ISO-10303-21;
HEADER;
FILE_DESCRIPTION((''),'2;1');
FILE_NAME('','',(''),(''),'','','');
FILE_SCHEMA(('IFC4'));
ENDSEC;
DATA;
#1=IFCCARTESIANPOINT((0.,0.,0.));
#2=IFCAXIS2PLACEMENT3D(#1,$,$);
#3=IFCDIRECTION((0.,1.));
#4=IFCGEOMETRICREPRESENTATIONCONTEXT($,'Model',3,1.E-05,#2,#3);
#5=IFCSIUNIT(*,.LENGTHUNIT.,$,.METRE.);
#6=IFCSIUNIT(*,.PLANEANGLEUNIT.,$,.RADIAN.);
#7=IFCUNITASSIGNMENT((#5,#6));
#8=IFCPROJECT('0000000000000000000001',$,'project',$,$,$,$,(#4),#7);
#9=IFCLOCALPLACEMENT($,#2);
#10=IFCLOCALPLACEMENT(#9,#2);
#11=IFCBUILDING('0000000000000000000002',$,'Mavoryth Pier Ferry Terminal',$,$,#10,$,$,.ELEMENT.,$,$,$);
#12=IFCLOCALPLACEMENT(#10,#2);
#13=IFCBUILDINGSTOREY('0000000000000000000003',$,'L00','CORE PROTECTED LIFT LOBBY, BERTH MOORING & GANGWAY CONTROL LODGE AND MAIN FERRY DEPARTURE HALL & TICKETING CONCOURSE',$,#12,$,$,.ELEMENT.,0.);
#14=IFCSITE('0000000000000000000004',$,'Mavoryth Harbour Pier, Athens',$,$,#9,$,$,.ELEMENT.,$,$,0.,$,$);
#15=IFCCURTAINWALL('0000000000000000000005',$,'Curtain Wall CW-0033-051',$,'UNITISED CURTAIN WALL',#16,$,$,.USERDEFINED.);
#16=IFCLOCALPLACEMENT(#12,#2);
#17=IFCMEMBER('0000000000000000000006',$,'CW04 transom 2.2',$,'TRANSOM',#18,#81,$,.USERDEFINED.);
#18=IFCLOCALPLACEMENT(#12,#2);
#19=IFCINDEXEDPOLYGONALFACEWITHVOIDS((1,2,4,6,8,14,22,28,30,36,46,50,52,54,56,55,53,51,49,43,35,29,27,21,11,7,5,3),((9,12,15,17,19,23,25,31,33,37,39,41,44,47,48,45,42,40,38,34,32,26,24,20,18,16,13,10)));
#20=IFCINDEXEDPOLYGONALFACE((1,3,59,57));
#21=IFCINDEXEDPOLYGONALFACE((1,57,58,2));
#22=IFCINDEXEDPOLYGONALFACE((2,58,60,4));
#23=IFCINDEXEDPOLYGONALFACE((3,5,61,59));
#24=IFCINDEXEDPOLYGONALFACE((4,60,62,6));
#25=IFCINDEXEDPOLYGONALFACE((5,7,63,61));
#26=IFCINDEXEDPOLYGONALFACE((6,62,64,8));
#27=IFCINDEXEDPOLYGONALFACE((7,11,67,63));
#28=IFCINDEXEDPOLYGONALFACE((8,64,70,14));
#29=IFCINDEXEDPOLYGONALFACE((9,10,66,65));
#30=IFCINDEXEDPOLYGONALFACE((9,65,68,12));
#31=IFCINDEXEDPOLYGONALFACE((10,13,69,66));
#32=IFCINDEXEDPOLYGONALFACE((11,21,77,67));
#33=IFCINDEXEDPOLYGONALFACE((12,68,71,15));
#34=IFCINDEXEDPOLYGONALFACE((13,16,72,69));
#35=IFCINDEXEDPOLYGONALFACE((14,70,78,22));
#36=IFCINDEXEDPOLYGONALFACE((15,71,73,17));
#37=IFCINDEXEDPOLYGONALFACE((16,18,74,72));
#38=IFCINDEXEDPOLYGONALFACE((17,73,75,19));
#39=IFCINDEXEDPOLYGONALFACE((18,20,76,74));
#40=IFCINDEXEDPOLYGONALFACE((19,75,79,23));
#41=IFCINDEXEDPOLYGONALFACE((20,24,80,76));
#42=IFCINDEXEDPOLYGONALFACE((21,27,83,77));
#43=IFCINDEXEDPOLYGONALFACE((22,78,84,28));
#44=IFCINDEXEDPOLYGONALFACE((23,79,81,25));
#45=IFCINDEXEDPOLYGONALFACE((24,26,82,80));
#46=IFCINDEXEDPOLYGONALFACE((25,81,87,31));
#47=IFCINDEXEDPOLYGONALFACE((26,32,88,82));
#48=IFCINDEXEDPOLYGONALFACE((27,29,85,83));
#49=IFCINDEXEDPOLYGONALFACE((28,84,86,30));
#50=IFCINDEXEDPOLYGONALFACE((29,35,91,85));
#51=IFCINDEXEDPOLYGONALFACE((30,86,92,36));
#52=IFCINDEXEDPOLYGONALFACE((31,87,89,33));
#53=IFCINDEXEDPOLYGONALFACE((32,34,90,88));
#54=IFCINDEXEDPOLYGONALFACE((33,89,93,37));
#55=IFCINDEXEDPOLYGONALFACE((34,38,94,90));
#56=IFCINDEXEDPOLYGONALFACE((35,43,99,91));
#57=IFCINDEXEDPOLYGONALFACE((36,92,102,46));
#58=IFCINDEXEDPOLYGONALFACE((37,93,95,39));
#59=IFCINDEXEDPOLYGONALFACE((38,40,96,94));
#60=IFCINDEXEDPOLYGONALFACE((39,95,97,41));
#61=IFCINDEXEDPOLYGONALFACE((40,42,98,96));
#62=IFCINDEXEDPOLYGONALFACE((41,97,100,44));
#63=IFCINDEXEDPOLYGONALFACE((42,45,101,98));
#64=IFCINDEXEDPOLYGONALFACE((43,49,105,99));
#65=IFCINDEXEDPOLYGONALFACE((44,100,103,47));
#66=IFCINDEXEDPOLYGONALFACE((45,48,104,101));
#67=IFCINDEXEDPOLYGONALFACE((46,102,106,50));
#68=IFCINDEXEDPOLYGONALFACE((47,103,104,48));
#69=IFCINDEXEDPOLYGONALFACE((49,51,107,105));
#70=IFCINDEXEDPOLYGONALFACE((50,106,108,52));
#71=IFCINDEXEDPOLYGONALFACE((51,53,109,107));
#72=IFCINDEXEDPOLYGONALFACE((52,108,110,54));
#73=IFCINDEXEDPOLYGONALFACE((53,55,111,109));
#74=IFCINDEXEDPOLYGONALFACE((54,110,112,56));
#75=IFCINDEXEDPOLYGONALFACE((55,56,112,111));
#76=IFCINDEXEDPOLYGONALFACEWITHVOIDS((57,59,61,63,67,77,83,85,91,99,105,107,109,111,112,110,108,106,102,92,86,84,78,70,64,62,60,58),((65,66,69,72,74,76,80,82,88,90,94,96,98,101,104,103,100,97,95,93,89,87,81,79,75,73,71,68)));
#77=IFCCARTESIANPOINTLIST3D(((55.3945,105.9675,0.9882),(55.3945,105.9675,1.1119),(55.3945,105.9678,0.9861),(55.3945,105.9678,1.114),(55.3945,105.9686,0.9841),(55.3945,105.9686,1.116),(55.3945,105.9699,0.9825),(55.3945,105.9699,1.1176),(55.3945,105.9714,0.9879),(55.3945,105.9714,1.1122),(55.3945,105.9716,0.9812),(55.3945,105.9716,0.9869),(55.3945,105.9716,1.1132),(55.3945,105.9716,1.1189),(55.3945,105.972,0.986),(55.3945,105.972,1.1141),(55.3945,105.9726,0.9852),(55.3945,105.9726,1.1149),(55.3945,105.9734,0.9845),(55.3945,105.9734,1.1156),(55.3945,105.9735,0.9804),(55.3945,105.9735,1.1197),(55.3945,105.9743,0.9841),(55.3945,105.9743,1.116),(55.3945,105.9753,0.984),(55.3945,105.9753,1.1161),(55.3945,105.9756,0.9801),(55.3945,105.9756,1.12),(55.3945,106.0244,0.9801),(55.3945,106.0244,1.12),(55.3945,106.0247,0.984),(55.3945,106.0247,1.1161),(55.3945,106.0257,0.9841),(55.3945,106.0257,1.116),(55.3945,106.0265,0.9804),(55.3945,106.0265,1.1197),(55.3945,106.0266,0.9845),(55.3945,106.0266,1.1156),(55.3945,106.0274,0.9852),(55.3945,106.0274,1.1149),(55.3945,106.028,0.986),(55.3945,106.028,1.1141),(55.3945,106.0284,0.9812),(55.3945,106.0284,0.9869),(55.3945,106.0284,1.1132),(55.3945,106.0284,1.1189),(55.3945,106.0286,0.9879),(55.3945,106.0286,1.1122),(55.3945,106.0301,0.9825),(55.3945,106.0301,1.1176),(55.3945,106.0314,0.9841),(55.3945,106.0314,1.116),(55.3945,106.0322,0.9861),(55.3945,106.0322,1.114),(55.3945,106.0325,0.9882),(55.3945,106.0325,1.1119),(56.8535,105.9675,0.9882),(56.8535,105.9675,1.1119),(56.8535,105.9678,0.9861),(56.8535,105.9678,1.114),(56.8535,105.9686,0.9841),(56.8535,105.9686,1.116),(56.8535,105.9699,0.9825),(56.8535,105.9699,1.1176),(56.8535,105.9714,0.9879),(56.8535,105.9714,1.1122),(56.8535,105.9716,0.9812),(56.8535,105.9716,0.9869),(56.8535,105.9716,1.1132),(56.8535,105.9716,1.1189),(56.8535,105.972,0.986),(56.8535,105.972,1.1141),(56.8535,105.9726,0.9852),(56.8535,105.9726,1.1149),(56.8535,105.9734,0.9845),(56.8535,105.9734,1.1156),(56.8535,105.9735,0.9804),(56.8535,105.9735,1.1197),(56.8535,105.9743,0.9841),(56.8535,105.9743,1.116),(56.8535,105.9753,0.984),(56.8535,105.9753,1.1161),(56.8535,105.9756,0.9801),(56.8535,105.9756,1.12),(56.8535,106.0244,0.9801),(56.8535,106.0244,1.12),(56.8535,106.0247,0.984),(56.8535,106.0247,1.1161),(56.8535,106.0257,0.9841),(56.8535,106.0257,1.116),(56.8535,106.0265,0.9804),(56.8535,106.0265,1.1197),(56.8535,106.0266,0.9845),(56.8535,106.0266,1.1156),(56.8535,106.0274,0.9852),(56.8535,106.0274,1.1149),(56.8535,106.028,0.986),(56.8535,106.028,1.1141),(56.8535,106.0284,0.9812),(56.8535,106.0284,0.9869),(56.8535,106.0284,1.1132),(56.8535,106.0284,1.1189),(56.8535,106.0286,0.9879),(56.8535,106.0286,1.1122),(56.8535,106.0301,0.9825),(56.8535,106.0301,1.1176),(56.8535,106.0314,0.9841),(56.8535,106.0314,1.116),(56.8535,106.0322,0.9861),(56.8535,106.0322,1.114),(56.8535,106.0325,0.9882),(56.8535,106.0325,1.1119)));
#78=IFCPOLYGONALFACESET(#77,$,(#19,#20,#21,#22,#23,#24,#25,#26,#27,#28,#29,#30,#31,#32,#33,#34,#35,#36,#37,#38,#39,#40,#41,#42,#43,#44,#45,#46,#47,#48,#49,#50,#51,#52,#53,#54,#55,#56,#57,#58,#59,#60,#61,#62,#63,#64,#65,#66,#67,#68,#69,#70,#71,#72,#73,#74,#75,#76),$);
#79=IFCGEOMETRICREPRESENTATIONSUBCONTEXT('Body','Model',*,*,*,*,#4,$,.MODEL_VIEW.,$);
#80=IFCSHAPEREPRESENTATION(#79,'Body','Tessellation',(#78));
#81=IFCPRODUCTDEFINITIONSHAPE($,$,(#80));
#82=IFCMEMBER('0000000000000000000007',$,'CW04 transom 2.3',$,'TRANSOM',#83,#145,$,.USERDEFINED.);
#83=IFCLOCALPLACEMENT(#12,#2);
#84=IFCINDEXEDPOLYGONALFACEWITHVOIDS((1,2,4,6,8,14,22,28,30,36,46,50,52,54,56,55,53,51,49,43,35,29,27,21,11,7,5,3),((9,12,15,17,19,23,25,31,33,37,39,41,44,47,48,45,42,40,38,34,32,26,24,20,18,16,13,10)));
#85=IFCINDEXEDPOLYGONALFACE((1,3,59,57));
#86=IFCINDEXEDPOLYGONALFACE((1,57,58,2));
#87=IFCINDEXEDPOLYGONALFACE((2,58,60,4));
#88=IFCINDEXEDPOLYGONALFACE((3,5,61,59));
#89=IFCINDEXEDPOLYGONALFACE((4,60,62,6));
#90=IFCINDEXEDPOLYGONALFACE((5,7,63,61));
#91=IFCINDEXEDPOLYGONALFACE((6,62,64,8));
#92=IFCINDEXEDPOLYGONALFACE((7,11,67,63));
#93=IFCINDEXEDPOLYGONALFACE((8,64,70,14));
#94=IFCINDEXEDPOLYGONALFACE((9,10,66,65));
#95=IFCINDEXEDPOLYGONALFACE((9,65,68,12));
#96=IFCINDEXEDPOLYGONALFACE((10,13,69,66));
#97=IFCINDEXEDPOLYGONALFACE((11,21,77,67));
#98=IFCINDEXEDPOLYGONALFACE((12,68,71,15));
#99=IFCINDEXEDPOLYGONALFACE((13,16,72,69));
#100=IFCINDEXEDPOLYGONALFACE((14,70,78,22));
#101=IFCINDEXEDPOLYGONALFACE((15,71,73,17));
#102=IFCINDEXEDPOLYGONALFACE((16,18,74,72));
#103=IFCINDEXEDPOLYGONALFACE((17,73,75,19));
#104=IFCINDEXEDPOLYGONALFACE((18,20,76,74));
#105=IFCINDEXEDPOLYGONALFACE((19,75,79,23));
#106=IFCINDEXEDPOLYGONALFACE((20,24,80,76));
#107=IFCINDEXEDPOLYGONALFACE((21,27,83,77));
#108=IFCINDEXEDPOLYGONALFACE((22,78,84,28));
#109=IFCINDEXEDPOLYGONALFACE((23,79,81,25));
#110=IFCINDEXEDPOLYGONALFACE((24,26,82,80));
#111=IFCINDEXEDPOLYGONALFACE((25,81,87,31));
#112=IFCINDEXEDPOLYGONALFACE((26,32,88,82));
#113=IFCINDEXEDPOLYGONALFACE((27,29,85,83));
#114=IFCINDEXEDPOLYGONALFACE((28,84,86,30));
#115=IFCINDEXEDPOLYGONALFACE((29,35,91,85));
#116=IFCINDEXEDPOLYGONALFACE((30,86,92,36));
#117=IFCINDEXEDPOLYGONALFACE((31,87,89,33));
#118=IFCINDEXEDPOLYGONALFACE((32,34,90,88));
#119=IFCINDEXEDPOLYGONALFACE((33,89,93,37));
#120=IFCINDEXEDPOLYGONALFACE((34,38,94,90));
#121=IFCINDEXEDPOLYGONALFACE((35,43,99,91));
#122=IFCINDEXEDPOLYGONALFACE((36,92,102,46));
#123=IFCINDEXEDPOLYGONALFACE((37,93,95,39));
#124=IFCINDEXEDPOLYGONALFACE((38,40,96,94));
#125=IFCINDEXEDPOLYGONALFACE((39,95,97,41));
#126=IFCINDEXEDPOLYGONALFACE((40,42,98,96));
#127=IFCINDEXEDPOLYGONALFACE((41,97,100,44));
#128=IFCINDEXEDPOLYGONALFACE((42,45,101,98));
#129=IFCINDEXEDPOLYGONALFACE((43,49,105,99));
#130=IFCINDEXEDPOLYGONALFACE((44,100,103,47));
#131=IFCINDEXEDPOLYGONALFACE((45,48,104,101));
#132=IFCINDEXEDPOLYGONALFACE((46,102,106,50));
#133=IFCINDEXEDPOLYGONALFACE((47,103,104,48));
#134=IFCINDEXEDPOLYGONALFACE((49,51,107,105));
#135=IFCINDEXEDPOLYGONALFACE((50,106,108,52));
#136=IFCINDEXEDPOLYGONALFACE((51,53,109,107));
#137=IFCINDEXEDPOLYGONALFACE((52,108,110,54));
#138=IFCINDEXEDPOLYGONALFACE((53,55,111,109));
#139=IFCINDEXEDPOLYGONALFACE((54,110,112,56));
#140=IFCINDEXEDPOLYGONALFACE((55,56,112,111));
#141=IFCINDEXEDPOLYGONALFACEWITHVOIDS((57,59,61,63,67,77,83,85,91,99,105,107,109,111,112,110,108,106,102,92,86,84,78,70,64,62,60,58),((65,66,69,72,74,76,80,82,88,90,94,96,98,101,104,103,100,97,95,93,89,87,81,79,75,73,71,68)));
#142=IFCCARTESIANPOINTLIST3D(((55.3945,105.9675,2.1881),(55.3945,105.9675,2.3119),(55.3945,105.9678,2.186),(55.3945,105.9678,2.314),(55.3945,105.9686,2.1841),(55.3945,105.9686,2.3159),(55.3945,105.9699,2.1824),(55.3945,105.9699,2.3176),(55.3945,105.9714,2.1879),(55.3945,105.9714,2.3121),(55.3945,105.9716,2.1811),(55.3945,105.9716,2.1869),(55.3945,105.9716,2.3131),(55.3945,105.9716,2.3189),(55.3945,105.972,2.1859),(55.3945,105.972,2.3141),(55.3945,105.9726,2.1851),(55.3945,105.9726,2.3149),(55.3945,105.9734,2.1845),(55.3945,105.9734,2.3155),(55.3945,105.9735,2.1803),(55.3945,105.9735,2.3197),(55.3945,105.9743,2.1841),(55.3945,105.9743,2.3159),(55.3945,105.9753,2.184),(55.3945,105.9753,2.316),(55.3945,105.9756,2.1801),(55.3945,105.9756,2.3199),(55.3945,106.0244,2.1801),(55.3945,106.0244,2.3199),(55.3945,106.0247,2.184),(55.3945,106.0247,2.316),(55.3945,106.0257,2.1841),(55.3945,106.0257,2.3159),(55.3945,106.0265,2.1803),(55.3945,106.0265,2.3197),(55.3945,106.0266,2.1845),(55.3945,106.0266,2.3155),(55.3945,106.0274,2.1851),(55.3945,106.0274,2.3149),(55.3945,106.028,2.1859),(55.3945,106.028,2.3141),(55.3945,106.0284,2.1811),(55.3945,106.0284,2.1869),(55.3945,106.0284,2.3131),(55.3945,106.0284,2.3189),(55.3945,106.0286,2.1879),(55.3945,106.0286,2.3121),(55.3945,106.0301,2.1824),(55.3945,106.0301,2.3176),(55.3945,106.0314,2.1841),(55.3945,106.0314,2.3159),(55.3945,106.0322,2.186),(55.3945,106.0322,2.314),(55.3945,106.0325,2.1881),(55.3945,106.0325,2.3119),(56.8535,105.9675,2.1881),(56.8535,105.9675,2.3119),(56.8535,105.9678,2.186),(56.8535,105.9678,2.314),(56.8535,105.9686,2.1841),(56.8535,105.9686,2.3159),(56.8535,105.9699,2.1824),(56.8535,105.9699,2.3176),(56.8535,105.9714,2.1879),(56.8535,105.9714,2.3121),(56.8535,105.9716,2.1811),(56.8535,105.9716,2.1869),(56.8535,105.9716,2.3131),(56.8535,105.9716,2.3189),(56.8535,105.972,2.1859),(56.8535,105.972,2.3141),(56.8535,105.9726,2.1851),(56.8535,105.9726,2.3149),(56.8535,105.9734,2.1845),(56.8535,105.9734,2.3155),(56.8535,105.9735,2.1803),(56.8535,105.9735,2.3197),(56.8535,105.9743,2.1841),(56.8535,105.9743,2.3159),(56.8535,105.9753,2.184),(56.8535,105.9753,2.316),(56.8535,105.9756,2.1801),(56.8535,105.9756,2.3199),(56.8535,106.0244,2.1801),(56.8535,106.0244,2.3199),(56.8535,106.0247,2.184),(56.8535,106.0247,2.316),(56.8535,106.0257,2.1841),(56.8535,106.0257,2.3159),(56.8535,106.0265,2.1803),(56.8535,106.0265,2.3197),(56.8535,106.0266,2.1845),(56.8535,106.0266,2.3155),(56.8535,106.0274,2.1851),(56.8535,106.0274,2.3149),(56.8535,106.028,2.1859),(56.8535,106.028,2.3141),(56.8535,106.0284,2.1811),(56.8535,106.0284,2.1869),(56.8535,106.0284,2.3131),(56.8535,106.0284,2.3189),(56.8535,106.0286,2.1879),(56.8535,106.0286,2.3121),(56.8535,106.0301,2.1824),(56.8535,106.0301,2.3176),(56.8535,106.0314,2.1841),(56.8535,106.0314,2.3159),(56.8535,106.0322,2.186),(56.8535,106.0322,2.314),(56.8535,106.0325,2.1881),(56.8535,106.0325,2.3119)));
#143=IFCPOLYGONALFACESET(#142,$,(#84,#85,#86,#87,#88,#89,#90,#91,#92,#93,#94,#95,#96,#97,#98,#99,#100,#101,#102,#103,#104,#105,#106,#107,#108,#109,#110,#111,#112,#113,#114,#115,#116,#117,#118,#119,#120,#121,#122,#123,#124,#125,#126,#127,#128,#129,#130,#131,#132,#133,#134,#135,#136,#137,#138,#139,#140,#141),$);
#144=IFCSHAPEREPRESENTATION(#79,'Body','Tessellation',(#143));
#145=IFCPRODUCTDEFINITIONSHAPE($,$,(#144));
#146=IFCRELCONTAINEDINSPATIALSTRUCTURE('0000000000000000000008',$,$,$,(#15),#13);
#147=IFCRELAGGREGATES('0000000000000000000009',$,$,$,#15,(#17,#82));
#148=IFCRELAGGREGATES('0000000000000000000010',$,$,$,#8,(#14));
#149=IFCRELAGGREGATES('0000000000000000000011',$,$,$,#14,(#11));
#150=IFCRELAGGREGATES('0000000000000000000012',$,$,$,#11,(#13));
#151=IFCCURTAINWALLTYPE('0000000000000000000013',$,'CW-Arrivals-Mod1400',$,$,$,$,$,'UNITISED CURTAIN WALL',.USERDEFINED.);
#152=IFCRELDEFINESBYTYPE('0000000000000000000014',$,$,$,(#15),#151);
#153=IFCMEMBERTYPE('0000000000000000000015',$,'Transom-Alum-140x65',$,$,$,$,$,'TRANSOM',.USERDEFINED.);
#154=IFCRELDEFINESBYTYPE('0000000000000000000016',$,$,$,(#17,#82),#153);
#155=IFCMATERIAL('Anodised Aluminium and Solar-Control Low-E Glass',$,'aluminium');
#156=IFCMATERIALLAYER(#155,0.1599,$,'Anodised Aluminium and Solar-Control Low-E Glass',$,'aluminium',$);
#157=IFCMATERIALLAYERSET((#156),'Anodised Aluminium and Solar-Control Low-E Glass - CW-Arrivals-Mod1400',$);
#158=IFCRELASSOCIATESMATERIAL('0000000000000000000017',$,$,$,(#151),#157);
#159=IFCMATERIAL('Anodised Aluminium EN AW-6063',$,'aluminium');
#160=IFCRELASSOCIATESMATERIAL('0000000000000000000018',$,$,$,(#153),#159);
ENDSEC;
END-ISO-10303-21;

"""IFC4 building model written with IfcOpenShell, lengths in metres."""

from ifc_helpers import new_model, si_unit, direction, frame, origin, origin_2d, place, context, subcontext, project, spatial, hollow_rectangle, extrude, material, layer, layer_set, material_profile, profile_set, type_object, element, aggregate, save


model = new_model("IFC4")

# Units and contexts
model_context = context("Model", 3, precision=1e-05, world=origin(), true_north=direction((0.0, 1.0)))
body_context = subcontext(model_context, "Body", "Model", "MODEL_VIEW")
ifc_project = project(units=[si_unit("LENGTHUNIT", "METRE"), si_unit("PLANEANGLEUNIT", "RADIAN")], contexts=[model_context])

# Site, building, storey
site_placement = place(None, origin())
site = spatial("IfcSite", under=ifc_project, at=site_placement, Name="Mavoryth Harbour Pier, Athens", CompositionType="ELEMENT", RefElevation=0.0)
building_placement = place(site_placement, origin())
building = spatial("IfcBuilding", under=site, at=building_placement, Name="Mavoryth Pier Ferry Terminal", CompositionType="ELEMENT")
storey_placement = place(building_placement, origin())
storey = spatial("IfcBuildingStorey", under=building, at=storey_placement, Name="L00", Description="CORE PROTECTED LIFT LOBBY, BERTH MOORING & GANGWAY CONTROL LODGE AND MAIN FERRY DEPARTURE HALL & TICKETING CONCOURSE", CompositionType="ELEMENT", Elevation=0.0)

# Curtain wall, members
ifc_material_1 = material(Name="Anodised Aluminium and Solar-Control Low-E Glass", Category="aluminium")
ifc_layer_1 = layer(ifc_material_1, 0.1599, Name="Anodised Aluminium and Solar-Control Low-E Glass", Category="aluminium")
ifc_layer_set_1 = layer_set([ifc_layer_1], Name="Anodised Aluminium and Solar-Control Low-E Glass - CW-Arrivals-Mod1400")
curtain_wall_type = type_object("IfcCurtainWallType", Name="CW-Arrivals-Mod1400", ElementType="UNITISED CURTAIN WALL", PredefinedType="USERDEFINED", material=ifc_layer_set_1)
curtain_wall_placement = place(storey_placement, origin())
curtain_wall = element("IfcCurtainWall", 1, at=curtain_wall_placement, inside=storey, type_object=curtain_wall_type, Name="Curtain Wall CW-0033-051", ObjectType="UNITISED CURTAIN WALL", PredefinedType="USERDEFINED")
ifc_material_2 = material(Name="Anodised Aluminium EN AW-6063", Category="aluminium")
ifc_material_profile_1 = material_profile(ifc_material_2, hollow_rectangle(XDim=0.0649, YDim=0.1399, WallThickness=0.0039, InnerFilletRadius=0.0039, OuterFilletRadius=0.0081, at=origin_2d()), Name="AL-TRAN 140x65x4", Category="aluminium")
ifc_profile_set_1 = profile_set([ifc_material_profile_1], Name="Anodised Aluminium EN AW-6063 - AL-TRAN 140x65x4")
member_type_1 = type_object("IfcMemberType", Name="Transom-Alum-140x65", ElementType="TRANSOM", PredefinedType="USERDEFINED", material=ifc_profile_set_1)
member_1_placement = place(storey_placement, frame((56.8535, 106.0, 1.05), z_axis=(-1.0, 0.0, 0.0), x_axis=(0.0, -1.0, 0.0)))
member_1 = element("IfcMember", 2, at=member_1_placement, type_object=member_type_1, Name="CW04 transom 2.2", ObjectType="TRANSOM", PredefinedType="USERDEFINED", context=body_context, shape_type="SweptSolid", body=[
    extrude(hollow_rectangle(XDim=0.0649, YDim=0.1399, WallThickness=0.0039, InnerFilletRadius=0.0039, OuterFilletRadius=0.0081, at=origin_2d()), origin(), (0.0, 0.0, 1.0), 1.459),
])
member_2_placement = place(storey_placement, frame((56.8535, 106.0, 2.25), z_axis=(-1.0, 0.0, 0.0), x_axis=(0.0, -1.0, 0.0)))
member_2 = element("IfcMember", 3, at=member_2_placement, type_object=member_type_1, Name="CW04 transom 2.3", ObjectType="TRANSOM", PredefinedType="USERDEFINED", context=body_context, shape_type="SweptSolid", body=[
    extrude(hollow_rectangle(XDim=0.0649, YDim=0.1399, WallThickness=0.0039, InnerFilletRadius=0.0039, OuterFilletRadius=0.0081, at=origin_2d()), origin(), (0.0, 0.0, 1.0), 1.459),
])
aggregate(curtain_wall, [member_1, member_2])

save(model, "model.ifc")
